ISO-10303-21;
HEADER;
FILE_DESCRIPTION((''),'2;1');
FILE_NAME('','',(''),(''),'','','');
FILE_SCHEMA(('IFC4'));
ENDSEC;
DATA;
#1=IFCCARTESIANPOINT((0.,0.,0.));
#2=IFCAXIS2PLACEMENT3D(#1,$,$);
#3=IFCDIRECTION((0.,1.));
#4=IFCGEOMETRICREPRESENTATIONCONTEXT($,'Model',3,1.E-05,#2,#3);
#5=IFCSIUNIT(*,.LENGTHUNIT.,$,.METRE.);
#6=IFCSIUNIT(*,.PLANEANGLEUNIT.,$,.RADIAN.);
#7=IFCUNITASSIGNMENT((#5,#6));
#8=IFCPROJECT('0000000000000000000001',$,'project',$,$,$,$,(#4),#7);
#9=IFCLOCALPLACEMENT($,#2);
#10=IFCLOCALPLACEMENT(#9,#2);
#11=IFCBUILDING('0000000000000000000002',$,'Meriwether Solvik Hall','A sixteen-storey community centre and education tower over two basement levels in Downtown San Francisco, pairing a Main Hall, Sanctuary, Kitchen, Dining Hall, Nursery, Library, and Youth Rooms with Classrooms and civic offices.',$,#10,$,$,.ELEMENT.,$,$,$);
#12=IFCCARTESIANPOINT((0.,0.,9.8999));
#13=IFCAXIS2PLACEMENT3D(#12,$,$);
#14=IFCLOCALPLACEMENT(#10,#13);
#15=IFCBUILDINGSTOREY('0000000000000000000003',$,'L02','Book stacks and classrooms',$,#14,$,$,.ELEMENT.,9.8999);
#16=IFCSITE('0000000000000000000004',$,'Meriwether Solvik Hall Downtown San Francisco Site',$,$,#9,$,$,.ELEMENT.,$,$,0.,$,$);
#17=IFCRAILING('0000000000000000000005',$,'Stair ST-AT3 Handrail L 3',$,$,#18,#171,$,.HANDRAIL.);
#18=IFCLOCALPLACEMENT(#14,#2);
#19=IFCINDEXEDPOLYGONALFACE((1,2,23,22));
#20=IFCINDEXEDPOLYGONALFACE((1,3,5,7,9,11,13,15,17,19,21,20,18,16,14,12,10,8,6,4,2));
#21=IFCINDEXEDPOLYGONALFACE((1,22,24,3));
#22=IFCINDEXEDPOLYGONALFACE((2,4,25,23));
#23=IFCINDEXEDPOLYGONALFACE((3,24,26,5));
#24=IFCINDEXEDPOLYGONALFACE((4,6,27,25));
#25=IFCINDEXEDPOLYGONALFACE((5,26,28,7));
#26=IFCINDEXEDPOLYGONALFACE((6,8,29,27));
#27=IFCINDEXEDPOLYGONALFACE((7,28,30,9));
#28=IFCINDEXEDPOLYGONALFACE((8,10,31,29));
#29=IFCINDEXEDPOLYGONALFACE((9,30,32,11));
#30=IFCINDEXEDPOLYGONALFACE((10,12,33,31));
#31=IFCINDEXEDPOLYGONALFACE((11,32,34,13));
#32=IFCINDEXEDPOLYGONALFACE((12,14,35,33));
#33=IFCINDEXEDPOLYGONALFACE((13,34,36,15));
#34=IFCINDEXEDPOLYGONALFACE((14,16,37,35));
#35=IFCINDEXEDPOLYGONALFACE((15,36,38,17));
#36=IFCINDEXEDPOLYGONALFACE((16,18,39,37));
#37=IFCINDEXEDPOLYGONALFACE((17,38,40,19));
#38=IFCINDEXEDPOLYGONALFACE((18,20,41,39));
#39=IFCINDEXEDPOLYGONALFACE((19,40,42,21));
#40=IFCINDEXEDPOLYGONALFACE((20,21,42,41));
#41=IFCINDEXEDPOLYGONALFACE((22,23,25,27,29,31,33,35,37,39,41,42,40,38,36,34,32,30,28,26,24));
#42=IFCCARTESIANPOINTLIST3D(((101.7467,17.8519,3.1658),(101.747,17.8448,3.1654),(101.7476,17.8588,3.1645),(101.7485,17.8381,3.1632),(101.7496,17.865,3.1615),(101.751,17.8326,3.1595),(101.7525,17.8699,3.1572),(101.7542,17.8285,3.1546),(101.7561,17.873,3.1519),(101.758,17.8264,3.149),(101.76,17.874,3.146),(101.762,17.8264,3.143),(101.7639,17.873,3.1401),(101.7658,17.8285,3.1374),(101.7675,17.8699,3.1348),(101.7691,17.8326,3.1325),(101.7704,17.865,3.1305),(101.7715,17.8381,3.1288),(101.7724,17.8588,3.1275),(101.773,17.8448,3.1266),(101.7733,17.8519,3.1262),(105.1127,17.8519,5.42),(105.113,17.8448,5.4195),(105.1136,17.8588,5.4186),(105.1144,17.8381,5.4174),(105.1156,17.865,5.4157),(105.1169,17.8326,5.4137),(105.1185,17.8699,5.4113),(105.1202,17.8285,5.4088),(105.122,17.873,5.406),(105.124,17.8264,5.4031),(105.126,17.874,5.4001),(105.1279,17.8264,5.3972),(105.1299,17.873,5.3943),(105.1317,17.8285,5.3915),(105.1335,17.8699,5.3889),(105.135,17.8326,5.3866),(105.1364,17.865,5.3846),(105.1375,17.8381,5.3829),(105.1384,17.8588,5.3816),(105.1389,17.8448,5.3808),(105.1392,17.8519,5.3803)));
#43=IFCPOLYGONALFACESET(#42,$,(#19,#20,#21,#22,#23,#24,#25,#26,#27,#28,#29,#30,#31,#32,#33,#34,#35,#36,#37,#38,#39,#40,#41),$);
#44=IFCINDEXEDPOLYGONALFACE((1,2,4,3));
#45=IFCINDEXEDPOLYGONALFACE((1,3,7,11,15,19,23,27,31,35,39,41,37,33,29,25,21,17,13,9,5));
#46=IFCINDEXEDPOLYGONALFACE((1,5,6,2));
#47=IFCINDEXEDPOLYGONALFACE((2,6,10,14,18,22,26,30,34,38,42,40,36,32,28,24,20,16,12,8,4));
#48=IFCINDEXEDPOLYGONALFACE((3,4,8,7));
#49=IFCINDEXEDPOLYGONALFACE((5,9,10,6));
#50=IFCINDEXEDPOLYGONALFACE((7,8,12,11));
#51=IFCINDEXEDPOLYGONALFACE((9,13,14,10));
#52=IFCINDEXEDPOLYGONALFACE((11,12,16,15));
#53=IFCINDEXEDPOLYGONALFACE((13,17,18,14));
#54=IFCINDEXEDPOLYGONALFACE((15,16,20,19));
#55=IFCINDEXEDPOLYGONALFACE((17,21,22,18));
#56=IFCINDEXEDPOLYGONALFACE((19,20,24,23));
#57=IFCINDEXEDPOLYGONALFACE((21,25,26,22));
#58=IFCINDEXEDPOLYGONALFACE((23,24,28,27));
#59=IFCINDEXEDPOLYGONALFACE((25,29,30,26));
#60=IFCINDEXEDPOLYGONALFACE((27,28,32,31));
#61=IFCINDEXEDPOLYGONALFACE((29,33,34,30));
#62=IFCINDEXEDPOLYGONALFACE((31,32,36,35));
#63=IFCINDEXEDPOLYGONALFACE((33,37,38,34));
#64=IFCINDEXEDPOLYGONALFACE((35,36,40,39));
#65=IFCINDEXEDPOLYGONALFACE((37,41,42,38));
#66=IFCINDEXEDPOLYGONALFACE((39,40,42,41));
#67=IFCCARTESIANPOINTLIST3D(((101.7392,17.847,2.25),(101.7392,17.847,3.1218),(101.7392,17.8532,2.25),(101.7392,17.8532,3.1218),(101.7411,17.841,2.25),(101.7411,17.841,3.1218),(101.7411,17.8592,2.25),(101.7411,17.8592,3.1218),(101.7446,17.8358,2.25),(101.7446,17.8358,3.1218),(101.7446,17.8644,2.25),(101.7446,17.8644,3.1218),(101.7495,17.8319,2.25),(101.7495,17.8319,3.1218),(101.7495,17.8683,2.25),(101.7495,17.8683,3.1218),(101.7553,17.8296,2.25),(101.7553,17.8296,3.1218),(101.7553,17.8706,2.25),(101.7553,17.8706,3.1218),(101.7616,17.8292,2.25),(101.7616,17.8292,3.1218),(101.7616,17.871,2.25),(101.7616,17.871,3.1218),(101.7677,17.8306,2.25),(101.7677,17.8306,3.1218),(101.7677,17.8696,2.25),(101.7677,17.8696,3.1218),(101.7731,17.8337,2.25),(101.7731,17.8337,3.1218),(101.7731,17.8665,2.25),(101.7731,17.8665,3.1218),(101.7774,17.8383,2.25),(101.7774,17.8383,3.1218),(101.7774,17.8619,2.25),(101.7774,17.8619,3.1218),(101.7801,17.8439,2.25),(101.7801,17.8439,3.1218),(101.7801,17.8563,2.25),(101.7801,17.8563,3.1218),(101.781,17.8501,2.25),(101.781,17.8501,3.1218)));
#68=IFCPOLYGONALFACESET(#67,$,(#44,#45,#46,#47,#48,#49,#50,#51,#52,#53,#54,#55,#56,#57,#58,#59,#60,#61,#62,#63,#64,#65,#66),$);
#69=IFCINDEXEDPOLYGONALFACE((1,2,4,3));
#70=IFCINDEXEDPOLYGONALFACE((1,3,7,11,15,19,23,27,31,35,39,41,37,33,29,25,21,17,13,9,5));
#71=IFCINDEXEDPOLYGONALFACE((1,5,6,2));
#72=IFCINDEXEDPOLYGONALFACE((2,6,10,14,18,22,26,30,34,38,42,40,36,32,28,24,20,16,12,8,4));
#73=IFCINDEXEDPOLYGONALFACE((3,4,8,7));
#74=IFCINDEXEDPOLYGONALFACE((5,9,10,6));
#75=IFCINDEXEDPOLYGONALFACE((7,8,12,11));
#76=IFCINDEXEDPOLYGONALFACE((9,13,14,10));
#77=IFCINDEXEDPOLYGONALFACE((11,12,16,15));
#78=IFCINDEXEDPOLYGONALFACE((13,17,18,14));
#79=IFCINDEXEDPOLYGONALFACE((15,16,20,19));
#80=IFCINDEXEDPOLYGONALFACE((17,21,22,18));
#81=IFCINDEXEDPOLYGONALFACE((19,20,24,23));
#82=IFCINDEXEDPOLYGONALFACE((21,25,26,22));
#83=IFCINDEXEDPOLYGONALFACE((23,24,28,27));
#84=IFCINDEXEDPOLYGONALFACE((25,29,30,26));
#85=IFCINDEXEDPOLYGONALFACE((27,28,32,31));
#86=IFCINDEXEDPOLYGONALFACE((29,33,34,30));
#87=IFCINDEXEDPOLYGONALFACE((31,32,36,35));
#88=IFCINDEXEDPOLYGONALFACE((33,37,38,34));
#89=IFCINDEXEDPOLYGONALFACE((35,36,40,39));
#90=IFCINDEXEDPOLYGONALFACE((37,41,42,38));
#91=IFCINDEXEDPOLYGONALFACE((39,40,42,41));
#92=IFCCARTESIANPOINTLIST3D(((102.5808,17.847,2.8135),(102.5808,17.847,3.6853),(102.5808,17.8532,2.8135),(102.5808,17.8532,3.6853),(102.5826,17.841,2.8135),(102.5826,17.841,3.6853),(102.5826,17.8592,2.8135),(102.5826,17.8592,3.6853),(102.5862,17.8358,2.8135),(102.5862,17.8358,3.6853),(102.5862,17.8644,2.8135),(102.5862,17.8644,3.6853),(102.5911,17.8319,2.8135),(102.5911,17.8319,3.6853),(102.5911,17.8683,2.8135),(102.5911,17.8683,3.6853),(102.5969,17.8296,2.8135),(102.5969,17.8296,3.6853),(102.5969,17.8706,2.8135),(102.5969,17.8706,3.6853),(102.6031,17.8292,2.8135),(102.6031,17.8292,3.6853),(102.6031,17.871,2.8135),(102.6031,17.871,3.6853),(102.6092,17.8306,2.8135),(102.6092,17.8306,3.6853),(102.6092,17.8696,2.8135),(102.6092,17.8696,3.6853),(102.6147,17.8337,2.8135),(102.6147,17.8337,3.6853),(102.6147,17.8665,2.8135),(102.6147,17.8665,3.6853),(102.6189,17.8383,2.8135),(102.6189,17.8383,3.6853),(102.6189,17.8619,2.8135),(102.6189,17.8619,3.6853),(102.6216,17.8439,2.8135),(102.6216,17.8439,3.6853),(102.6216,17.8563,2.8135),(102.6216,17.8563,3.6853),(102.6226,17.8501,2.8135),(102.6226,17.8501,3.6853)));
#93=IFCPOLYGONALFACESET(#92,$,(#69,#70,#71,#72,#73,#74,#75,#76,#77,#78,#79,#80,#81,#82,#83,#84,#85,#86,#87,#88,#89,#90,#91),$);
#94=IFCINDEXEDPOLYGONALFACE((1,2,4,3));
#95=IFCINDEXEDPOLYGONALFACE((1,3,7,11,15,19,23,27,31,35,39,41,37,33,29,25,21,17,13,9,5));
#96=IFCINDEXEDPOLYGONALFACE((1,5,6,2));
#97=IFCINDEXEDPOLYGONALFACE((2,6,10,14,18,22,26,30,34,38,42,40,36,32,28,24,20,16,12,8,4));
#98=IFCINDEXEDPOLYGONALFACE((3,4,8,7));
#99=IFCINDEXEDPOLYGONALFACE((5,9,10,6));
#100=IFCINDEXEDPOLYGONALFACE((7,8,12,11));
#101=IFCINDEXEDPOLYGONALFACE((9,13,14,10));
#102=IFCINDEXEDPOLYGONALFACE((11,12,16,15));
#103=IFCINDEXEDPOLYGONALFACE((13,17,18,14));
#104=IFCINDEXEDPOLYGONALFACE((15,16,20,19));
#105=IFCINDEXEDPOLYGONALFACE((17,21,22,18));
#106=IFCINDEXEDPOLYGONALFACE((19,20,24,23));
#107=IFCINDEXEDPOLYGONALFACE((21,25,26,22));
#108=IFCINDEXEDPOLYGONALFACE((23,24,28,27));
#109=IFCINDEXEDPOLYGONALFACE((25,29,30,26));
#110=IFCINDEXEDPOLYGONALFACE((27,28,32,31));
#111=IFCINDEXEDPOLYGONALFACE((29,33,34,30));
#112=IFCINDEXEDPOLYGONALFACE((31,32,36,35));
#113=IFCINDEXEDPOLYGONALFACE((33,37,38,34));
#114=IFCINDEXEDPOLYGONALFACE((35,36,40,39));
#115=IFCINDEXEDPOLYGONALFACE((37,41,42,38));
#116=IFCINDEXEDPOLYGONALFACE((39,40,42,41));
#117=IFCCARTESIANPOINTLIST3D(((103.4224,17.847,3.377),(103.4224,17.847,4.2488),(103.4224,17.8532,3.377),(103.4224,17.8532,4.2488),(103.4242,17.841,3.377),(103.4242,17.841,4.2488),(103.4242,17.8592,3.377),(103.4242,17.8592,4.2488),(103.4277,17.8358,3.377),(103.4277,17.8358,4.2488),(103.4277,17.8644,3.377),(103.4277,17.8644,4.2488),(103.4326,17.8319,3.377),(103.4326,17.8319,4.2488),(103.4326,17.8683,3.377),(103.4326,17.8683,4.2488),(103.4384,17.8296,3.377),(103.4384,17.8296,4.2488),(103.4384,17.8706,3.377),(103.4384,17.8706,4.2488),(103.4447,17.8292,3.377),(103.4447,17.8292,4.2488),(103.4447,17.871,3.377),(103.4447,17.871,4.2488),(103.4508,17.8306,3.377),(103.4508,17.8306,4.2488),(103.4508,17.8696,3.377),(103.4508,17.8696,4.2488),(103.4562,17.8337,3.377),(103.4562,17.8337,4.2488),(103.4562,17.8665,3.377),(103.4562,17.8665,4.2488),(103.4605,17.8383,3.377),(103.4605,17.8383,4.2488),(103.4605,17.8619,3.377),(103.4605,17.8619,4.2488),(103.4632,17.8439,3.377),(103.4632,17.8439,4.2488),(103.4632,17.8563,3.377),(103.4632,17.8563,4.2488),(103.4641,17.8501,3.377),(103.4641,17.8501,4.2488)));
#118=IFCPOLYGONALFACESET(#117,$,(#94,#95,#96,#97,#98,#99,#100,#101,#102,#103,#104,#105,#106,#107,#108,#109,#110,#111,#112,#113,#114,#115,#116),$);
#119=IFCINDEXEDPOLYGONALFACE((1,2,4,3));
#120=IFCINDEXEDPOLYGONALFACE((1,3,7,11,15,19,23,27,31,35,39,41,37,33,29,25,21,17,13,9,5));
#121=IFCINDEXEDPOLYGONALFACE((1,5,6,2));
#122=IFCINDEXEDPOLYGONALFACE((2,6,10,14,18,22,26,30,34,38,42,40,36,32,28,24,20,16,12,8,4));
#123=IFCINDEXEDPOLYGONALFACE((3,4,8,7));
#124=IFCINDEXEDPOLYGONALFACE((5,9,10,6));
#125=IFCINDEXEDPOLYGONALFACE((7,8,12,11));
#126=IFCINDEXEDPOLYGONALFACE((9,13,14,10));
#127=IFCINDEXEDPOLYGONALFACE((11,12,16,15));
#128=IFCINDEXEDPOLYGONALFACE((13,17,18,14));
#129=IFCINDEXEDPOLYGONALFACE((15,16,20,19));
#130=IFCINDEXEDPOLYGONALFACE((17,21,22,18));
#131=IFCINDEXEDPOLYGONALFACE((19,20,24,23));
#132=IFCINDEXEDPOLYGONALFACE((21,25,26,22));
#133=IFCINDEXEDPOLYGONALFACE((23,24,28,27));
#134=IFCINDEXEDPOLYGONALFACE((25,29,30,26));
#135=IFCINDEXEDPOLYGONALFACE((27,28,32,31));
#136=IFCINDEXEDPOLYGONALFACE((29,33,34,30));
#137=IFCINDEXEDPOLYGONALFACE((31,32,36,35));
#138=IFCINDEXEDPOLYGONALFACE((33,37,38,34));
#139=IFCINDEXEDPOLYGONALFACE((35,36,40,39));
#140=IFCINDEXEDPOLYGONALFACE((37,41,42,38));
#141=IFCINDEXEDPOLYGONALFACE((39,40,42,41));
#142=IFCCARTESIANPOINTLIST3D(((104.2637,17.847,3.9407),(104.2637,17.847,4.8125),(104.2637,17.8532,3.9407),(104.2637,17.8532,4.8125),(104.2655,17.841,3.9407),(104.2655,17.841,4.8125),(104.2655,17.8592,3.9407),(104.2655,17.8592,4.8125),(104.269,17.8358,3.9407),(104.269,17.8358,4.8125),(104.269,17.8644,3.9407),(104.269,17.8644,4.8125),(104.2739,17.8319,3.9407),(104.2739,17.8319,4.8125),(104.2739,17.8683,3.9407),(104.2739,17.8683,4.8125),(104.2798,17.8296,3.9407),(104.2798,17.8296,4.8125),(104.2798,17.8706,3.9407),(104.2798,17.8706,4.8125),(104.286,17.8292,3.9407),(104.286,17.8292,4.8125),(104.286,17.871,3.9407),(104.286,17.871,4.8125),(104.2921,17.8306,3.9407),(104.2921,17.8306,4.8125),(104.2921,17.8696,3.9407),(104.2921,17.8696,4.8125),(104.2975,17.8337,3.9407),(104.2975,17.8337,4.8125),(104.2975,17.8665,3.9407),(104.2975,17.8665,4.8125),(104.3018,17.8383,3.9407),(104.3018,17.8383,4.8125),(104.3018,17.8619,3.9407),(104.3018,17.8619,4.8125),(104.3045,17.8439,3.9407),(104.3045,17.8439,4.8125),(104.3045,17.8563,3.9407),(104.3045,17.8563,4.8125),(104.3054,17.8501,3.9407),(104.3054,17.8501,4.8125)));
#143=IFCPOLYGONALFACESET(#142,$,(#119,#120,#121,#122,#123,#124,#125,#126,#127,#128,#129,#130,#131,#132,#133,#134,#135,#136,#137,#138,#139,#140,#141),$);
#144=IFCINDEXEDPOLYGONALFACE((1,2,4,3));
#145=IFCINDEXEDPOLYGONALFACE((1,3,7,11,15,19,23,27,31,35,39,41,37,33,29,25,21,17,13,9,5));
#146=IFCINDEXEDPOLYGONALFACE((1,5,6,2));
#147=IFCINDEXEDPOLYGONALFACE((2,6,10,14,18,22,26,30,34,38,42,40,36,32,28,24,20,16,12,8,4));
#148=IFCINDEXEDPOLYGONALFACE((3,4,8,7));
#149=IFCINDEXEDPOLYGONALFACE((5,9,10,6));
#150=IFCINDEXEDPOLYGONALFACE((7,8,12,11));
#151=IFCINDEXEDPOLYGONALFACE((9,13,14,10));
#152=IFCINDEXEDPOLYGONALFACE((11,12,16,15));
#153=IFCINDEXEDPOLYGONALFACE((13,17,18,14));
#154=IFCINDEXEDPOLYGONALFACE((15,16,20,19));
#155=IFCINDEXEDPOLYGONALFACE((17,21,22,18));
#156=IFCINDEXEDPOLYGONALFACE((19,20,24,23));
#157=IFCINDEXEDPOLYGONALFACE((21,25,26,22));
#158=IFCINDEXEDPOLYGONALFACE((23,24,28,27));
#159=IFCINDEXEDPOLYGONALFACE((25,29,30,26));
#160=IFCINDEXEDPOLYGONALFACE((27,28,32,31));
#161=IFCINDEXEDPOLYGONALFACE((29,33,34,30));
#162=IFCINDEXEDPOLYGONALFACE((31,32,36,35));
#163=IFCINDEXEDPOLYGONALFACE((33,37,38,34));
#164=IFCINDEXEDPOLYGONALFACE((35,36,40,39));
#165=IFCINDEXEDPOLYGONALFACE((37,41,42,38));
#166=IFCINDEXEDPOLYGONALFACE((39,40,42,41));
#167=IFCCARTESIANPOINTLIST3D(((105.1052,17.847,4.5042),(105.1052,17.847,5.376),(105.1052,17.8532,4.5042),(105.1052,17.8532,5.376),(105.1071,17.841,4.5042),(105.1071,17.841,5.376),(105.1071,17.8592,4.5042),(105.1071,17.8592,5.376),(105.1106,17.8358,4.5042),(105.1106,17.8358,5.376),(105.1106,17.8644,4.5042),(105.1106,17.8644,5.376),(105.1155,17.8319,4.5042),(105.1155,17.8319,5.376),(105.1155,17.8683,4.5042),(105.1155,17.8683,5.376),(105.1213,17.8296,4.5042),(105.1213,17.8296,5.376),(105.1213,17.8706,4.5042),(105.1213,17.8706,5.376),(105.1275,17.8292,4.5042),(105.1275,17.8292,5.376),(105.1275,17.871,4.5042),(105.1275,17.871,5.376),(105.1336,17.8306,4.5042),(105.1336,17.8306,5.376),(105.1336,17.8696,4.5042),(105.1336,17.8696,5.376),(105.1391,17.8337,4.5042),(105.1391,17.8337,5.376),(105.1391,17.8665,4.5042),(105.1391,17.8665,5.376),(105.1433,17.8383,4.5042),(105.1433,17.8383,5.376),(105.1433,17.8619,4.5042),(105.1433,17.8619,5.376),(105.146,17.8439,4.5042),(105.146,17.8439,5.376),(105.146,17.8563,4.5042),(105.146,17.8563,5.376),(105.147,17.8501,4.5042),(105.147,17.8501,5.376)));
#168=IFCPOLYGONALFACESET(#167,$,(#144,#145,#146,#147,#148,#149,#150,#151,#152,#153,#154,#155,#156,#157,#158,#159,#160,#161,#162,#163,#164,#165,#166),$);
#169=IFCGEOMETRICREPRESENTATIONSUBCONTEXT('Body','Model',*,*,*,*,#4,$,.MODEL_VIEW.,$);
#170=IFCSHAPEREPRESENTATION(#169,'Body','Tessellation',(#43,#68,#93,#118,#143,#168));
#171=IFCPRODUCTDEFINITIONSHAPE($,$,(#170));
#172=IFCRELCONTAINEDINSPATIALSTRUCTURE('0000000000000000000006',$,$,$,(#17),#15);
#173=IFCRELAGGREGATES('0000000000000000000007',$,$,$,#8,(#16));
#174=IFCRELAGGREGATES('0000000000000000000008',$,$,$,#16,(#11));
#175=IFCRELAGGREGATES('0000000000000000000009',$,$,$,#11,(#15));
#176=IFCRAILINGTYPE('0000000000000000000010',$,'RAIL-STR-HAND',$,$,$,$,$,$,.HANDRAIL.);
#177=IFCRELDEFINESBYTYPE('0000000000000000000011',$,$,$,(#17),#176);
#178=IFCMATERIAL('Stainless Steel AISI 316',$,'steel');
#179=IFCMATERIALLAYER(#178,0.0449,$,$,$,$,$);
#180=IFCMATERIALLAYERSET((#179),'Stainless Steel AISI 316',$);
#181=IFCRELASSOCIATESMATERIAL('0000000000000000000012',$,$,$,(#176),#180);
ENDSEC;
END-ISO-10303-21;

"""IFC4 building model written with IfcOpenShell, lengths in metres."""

from ifc_helpers import new_model, si_unit, direction, frame, origin, origin_2d, place, context, subcontext, project, spatial, circle, extrude, material, layer, layer_set, type_object, element, save


model = new_model("IFC4")

# Units and contexts
model_context = context("Model", 3, precision=1e-05, world=origin(), true_north=direction((0.0, 1.0)))
body_context = subcontext(model_context, "Body", "Model", "MODEL_VIEW")
ifc_project = project(units=[si_unit("LENGTHUNIT", "METRE"), si_unit("PLANEANGLEUNIT", "RADIAN")], contexts=[model_context])

# Site, building, storey
site_placement = place(None, origin())
site = spatial("IfcSite", under=ifc_project, at=site_placement, Name="Meriwether Solvik Hall Downtown San Francisco Site", CompositionType="ELEMENT", RefElevation=0.0)
building_placement = place(site_placement, origin())
building = spatial("IfcBuilding", under=site, at=building_placement, Name="Meriwether Solvik Hall", Description="A sixteen-storey community centre and education tower over two basement levels in Downtown San Francisco, pairing a Main Hall, Sanctuary, Kitchen, Dining Hall, Nursery, Library, and Youth Rooms with Classrooms and civic offices.", CompositionType="ELEMENT")
storey_placement = place(building_placement, frame((0.0, 0.0, 9.8999)))
storey = spatial("IfcBuildingStorey", under=building, at=storey_placement, Name="L02", Description="Book stacks and classrooms", CompositionType="ELEMENT", Elevation=9.8999)

# Railing
ifc_material_1 = material(Name="Stainless Steel AISI 316", Category="steel")
ifc_layer_1 = layer(ifc_material_1, 0.0449)
ifc_layer_set_1 = layer_set([ifc_layer_1], Name="Stainless Steel AISI 316")
railing_type_1 = type_object("IfcRailingType", Name="RAIL-STR-HAND", PredefinedType="HANDRAIL", material=ifc_layer_set_1)
for number, where, name in (
    (1, (101.76, 17.8501, 2.25), "Stair ST-AT3 Handrail L 3"),
):
    element("IfcRailing", number, at=place(storey_placement, frame(where)), inside=storey, type_object=railing_type_1, Name=name, PredefinedType="HANDRAIL", context=body_context, shape_type="SweptSolid", body=[
        extrude(circle(Radius=0.0239, at=origin_2d()), frame((0.0, 0.0, 0.896), z_axis=(0.83089, 0.0, 0.556437), x_axis=(0.0, 1.0, 0.0)), (0.0, 0.0, 1.0), 4.051),
        extrude(circle(Radius=0.021, at=origin_2d()), origin(), (0.0, 0.0, 1.0), 0.8718),
        extrude(circle(Radius=0.021, at=origin_2d()), frame((0.8416, 0.0, 0.5635)), (0.0, 0.0, 1.0), 0.8718),
        extrude(circle(Radius=0.021, at=origin_2d()), frame((1.6831, 0.0, 1.127)), (0.0, 0.0, 1.0), 0.8718),
        extrude(circle(Radius=0.021, at=origin_2d()), frame((2.5244, 0.0, 1.6907)), (0.0, 0.0, 1.0), 0.8718),
        extrude(circle(Radius=0.021, at=origin_2d()), frame((3.366, 0.0, 2.2542)), (0.0, 0.0, 1.0), 0.8718),
    ])

save(model, "model.ifc")
